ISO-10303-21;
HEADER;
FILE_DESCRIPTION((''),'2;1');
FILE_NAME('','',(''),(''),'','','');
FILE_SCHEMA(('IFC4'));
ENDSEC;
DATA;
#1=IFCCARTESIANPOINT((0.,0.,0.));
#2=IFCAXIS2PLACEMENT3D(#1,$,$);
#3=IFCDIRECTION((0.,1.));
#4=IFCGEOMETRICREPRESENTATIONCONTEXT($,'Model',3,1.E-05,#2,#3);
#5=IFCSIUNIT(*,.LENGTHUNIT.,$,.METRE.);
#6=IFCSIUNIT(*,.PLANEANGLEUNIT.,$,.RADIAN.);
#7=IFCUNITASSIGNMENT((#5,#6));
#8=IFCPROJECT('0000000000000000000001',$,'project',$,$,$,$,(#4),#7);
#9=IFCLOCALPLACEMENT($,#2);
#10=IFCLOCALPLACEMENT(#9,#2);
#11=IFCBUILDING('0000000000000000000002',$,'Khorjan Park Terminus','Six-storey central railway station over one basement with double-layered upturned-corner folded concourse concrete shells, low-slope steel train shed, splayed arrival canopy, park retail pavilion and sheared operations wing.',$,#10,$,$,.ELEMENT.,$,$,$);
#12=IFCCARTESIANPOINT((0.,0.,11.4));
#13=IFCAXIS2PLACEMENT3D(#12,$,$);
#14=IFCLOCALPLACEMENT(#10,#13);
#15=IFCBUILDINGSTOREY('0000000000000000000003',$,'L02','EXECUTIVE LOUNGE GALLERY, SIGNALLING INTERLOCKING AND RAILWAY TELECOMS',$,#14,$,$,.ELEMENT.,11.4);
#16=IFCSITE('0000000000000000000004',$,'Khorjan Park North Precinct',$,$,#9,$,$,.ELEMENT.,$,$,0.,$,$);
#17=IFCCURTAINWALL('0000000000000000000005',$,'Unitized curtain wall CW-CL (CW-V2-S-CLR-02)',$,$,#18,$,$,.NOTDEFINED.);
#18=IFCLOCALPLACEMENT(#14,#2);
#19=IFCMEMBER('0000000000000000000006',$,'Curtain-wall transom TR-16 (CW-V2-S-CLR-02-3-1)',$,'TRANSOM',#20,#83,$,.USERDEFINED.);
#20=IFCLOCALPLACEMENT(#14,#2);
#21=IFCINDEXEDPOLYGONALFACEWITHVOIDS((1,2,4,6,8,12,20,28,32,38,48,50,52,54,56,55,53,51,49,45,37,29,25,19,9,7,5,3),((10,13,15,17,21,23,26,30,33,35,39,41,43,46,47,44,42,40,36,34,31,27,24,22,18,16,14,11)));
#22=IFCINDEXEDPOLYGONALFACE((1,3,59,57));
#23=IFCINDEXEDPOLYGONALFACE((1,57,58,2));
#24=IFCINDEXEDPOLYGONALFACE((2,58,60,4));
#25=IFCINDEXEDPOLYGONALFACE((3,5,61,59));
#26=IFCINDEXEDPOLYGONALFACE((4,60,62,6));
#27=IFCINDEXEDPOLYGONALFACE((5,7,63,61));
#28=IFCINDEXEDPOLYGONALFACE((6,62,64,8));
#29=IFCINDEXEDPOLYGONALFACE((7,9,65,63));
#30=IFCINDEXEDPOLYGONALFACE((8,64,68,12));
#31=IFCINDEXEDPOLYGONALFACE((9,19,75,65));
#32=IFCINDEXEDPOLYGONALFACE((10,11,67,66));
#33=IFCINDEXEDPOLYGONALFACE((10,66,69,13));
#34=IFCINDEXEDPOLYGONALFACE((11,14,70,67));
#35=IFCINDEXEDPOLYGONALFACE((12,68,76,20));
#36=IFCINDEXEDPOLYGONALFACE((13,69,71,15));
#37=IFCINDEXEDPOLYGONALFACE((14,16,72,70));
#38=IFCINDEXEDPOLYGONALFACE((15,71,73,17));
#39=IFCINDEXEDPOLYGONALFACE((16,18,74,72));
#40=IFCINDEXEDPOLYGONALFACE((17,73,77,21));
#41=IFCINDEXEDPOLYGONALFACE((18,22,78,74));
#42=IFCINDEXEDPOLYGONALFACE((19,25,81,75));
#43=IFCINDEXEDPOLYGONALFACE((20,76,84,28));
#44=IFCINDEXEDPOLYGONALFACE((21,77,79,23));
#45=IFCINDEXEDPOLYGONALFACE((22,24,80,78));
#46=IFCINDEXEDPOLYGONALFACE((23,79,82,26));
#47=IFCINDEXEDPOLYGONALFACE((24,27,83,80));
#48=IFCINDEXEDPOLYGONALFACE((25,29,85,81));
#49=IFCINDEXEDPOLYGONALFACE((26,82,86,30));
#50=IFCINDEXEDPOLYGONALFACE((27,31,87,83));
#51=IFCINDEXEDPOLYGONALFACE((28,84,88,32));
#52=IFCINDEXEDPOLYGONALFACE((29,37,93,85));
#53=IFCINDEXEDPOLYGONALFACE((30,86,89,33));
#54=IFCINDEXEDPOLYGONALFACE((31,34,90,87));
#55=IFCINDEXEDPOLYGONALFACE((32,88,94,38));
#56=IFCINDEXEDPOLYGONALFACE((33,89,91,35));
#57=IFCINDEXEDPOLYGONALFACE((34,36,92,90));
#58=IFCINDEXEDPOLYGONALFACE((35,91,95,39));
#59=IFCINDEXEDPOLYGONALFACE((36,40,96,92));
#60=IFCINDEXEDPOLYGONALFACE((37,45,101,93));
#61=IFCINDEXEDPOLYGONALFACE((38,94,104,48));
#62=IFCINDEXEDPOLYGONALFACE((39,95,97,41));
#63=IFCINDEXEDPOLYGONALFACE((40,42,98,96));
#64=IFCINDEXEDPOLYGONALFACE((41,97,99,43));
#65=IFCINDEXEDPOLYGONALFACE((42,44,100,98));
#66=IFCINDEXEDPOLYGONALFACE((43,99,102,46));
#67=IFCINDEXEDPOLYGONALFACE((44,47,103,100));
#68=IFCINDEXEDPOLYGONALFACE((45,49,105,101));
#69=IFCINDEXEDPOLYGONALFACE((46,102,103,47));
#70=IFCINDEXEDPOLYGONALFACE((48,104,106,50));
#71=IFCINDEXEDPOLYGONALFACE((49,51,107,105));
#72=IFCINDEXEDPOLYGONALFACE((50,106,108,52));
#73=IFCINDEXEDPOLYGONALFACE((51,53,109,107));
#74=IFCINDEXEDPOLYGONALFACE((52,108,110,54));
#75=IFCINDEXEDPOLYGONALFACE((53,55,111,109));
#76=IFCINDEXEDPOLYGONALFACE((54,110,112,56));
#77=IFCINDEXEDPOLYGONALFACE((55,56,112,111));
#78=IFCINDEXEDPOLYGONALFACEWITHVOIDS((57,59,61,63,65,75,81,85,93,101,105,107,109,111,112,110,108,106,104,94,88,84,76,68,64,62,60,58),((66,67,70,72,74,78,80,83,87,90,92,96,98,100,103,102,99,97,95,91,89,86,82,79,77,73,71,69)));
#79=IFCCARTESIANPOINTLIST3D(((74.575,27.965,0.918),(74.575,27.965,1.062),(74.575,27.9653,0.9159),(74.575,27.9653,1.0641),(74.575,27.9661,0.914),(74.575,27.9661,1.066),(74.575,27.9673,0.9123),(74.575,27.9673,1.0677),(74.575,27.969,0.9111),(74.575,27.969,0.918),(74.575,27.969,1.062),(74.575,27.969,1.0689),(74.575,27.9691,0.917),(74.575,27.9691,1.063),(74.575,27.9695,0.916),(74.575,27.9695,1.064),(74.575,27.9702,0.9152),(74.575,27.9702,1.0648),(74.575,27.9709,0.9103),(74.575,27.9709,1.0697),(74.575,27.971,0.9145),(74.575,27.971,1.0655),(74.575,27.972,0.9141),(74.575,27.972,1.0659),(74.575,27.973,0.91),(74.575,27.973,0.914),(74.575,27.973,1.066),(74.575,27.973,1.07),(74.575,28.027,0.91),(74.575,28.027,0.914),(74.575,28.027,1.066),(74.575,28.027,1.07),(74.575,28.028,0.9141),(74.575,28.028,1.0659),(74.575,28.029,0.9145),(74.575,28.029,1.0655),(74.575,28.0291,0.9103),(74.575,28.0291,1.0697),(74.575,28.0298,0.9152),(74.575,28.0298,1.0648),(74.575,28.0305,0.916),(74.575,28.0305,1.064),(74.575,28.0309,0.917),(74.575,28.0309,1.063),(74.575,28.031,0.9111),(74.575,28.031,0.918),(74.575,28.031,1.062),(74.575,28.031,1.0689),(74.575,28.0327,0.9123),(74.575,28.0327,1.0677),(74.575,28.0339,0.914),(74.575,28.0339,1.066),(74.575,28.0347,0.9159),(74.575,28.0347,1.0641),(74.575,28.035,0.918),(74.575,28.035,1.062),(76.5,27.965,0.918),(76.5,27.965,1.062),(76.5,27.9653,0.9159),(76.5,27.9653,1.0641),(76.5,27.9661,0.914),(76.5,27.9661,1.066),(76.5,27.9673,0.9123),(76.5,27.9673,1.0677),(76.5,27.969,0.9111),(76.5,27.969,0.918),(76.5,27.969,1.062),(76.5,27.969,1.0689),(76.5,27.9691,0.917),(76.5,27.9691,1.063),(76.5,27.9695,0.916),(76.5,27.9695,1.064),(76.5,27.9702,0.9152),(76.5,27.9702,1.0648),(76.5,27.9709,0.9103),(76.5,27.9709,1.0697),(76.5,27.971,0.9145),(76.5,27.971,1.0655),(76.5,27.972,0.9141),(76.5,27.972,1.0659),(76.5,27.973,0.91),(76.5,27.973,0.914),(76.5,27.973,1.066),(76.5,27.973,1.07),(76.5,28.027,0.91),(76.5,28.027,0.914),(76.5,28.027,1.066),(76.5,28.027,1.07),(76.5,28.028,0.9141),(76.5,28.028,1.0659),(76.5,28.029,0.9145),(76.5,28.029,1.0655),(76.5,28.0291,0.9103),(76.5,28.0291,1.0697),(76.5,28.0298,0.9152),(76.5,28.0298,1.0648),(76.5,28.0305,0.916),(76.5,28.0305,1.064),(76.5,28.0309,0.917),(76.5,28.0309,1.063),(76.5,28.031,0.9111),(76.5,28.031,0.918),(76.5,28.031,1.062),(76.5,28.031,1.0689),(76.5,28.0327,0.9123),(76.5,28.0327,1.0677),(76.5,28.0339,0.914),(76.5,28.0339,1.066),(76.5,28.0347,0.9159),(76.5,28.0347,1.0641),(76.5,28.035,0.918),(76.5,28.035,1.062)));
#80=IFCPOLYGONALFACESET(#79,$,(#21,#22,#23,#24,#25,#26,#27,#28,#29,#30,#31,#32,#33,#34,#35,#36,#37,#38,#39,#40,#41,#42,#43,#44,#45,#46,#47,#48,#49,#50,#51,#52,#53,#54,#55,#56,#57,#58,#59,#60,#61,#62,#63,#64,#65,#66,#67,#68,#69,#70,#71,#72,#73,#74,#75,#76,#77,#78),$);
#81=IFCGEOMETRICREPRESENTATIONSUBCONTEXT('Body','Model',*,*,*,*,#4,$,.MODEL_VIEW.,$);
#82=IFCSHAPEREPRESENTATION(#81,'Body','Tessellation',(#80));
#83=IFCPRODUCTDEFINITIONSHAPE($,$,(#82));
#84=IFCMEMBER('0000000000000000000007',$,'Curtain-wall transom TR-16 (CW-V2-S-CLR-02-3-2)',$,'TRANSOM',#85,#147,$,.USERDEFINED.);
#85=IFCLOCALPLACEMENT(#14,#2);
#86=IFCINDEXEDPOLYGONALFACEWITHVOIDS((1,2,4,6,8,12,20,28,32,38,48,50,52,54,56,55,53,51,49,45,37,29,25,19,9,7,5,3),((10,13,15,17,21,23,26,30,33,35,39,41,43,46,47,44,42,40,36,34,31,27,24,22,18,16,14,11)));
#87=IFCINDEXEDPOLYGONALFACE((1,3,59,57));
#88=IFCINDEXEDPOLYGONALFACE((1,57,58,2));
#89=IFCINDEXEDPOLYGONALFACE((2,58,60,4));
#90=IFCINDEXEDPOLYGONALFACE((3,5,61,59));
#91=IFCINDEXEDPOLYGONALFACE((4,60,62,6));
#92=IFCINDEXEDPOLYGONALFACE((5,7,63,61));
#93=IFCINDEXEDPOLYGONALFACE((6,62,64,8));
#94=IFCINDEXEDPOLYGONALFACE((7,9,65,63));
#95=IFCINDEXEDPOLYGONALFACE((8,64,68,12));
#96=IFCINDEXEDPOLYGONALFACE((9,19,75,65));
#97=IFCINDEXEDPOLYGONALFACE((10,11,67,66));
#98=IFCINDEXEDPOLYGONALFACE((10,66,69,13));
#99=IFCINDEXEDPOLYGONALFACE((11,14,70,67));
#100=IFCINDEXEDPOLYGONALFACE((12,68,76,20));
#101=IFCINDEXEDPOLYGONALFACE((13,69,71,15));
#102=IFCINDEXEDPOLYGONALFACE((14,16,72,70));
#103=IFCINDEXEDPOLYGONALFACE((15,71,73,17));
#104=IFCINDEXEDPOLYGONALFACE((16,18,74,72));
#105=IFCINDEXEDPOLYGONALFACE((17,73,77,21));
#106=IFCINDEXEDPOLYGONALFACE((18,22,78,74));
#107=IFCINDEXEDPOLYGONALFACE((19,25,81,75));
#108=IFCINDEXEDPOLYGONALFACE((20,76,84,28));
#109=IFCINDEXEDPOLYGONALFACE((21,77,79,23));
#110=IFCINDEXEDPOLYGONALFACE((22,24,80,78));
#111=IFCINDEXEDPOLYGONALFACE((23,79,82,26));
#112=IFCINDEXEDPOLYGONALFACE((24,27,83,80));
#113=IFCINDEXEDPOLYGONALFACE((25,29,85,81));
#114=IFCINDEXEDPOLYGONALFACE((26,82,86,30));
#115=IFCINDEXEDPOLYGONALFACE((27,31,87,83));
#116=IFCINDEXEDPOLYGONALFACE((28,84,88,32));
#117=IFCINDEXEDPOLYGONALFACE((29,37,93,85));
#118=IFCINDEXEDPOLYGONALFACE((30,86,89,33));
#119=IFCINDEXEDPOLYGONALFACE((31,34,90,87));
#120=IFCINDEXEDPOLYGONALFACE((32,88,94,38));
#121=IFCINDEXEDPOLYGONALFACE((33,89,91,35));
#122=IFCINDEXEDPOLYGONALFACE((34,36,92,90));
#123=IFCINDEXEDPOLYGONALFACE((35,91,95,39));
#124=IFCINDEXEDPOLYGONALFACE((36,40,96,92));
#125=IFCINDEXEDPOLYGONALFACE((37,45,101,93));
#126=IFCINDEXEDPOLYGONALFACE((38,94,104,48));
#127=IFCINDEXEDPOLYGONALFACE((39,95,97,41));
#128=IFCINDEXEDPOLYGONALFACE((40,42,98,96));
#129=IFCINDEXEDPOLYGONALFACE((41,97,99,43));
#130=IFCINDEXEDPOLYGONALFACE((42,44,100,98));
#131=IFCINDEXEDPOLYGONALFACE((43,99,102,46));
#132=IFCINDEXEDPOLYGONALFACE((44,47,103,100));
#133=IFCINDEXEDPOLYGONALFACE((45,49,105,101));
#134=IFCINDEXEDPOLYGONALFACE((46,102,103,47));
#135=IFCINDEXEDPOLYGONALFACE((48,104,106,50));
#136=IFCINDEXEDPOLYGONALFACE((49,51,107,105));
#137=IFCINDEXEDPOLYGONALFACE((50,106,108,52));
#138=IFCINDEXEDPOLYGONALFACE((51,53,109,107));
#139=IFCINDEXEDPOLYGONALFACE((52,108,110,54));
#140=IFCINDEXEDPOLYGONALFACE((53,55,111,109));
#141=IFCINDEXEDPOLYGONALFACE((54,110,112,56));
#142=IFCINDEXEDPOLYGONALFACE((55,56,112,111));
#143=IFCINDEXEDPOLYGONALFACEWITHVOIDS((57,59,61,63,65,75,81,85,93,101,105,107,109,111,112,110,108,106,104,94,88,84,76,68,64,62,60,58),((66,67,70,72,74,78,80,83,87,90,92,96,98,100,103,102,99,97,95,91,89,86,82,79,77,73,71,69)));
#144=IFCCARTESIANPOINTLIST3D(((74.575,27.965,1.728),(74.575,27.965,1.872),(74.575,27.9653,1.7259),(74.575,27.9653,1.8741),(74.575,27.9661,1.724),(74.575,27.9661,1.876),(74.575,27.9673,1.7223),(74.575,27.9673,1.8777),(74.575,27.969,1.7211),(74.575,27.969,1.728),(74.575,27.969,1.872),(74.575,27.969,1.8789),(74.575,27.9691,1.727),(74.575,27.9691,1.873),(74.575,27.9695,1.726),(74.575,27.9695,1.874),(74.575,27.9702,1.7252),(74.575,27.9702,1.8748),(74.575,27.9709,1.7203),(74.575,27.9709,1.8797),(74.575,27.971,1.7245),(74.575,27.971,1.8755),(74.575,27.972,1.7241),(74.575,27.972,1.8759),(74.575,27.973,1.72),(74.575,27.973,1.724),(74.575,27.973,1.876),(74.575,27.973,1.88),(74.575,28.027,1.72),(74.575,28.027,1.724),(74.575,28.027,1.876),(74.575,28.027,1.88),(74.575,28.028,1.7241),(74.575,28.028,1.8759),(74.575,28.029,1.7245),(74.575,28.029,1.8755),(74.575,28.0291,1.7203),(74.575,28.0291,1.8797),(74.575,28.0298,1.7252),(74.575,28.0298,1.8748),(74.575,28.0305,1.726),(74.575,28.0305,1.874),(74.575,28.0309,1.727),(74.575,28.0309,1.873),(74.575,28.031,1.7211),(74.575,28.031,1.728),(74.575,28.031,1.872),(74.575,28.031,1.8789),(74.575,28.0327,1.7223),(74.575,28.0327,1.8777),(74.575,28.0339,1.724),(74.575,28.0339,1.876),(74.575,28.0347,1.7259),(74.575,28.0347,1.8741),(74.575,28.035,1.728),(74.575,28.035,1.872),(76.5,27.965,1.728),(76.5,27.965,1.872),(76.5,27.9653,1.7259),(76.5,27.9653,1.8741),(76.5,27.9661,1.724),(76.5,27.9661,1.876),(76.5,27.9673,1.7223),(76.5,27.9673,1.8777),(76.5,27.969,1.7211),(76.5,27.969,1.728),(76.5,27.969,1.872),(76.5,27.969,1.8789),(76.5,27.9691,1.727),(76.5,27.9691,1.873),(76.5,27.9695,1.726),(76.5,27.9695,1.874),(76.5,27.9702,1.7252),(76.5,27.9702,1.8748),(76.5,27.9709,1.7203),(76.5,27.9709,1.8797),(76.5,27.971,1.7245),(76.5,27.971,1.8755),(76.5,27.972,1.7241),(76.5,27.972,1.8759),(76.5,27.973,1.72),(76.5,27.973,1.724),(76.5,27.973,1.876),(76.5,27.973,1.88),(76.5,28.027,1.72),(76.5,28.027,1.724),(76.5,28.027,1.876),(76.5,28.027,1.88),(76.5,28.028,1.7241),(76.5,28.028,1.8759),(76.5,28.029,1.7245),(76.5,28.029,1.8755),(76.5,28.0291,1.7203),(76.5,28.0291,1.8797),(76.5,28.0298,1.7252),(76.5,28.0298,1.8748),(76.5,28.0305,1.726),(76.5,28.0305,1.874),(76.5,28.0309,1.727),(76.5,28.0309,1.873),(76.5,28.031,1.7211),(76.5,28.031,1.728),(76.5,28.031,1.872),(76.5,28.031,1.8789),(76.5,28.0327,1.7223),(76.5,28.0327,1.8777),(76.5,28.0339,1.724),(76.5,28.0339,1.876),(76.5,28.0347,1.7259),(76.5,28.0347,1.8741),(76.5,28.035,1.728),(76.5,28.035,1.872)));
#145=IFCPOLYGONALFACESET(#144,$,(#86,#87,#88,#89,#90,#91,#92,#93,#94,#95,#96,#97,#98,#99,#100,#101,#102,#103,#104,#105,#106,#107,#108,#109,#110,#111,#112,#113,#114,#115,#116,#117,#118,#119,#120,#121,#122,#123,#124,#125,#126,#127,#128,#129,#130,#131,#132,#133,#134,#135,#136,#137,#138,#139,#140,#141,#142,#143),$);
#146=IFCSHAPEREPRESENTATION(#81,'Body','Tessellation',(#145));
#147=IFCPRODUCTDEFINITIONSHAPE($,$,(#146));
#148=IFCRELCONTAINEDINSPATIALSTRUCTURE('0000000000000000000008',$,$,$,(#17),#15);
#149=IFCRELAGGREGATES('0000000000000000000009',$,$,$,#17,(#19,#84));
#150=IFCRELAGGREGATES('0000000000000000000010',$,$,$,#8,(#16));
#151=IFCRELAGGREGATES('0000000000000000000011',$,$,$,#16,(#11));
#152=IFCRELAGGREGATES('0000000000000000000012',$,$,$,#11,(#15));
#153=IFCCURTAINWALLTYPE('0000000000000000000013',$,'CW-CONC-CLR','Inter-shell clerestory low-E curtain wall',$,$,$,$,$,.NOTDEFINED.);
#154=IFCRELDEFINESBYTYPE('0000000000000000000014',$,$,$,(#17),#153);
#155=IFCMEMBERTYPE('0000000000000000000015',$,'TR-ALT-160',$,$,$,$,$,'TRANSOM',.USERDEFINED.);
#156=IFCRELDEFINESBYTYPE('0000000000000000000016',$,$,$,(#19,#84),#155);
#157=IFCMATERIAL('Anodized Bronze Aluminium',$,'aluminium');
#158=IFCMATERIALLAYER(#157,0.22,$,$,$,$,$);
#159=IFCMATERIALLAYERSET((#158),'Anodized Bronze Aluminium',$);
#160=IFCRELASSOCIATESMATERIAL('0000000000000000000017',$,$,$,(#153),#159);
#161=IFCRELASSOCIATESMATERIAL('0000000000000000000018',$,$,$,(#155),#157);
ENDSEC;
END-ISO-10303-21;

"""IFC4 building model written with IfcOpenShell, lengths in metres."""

from ifc_helpers import new_model, si_unit, direction, frame, origin, origin_2d, place, context, subcontext, project, spatial, hollow_rectangle, extrude, material, layer, layer_set, material_profile, profile_set, type_object, element, aggregate, save


model = new_model("IFC4")

# Units and contexts
model_context = context("Model", 3, precision=1e-05, world=origin(), true_north=direction((0.0, 1.0)))
body_context = subcontext(model_context, "Body", "Model", "MODEL_VIEW")
ifc_project = project(units=[si_unit("LENGTHUNIT", "METRE"), si_unit("PLANEANGLEUNIT", "RADIAN")], contexts=[model_context])

# Site, building, storey
site_placement = place(None, origin())
site = spatial("IfcSite", under=ifc_project, at=site_placement, Name="Khorjan Park North Precinct", CompositionType="ELEMENT", RefElevation=0.0)
building_placement = place(site_placement, origin())
building = spatial("IfcBuilding", under=site, at=building_placement, Name="Khorjan Park Terminus", Description="Six-storey central railway station over one basement with double-layered upturned-corner folded concourse concrete shells, low-slope steel train shed, splayed arrival canopy, park retail pavilion and sheared operations wing.", CompositionType="ELEMENT")
storey_placement = place(building_placement, frame((0.0, 0.0, 11.4)))
storey = spatial("IfcBuildingStorey", under=building, at=storey_placement, Name="L02", Description="EXECUTIVE LOUNGE GALLERY, SIGNALLING INTERLOCKING AND RAILWAY TELECOMS", CompositionType="ELEMENT", Elevation=11.4)

# Curtain wall
ifc_material_1 = material(Name="Anodized Bronze Aluminium", Category="aluminium")
ifc_layer_1 = layer(ifc_material_1, 0.22)
ifc_layer_set_1 = layer_set([ifc_layer_1], Name="Anodized Bronze Aluminium")
curtain_wall_type = type_object("IfcCurtainWallType", Name="CW-CONC-CLR", Description="Inter-shell clerestory low-E curtain wall", PredefinedType="NOTDEFINED", material=ifc_layer_set_1)
curtain_wall_placement = place(storey_placement, origin())
curtain_wall = element("IfcCurtainWall", 1, at=curtain_wall_placement, inside=storey, type_object=curtain_wall_type, Name="Unitized curtain wall CW-CL (CW-V2-S-CLR-02)", PredefinedType="NOTDEFINED")

# Members
ifc_material_profile_1 = material_profile(ifc_material_1, hollow_rectangle(XDim=0.07, YDim=0.16, WallThickness=0.004, InnerFilletRadius=0.004, OuterFilletRadius=0.008, at=origin_2d()), Name="ALT 70x160x4")
ifc_profile_set_1 = profile_set([ifc_material_profile_1], Name="Anodized Bronze Aluminium")
member_type_1 = type_object("IfcMemberType", Name="TR-ALT-160", ElementType="TRANSOM", PredefinedType="USERDEFINED", material=ifc_profile_set_1)
member_1_placement = place(storey_placement, frame((74.575, 28.0, 0.99), z_axis=(1.0, 0.0, 0.0), x_axis=(0.0, 1.0, 0.0)))
member_1 = element("IfcMember", 2, at=member_1_placement, type_object=member_type_1, Name="Curtain-wall transom TR-16 (CW-V2-S-CLR-02-3-1)", ObjectType="TRANSOM", PredefinedType="USERDEFINED", context=body_context, shape_type="SweptSolid", body=[
    extrude(hollow_rectangle(XDim=0.07, YDim=0.16, WallThickness=0.004, InnerFilletRadius=0.004, OuterFilletRadius=0.008, at=origin_2d()), origin(), (0.0, 0.0, 1.0), 1.925),
])
member_2_placement = place(storey_placement, frame((74.575, 28.0, 1.8), z_axis=(1.0, 0.0, 0.0), x_axis=(0.0, 1.0, 0.0)))
member_2 = element("IfcMember", 3, at=member_2_placement, type_object=member_type_1, Name="Curtain-wall transom TR-16 (CW-V2-S-CLR-02-3-2)", ObjectType="TRANSOM", PredefinedType="USERDEFINED", context=body_context, shape_type="SweptSolid", body=[
    extrude(hollow_rectangle(XDim=0.07, YDim=0.16, WallThickness=0.004, InnerFilletRadius=0.004, OuterFilletRadius=0.008, at=origin_2d()), origin(), (0.0, 0.0, 1.0), 1.925),
])

aggregate(curtain_wall, [member_1, member_2])

save(model, "model.ifc")
